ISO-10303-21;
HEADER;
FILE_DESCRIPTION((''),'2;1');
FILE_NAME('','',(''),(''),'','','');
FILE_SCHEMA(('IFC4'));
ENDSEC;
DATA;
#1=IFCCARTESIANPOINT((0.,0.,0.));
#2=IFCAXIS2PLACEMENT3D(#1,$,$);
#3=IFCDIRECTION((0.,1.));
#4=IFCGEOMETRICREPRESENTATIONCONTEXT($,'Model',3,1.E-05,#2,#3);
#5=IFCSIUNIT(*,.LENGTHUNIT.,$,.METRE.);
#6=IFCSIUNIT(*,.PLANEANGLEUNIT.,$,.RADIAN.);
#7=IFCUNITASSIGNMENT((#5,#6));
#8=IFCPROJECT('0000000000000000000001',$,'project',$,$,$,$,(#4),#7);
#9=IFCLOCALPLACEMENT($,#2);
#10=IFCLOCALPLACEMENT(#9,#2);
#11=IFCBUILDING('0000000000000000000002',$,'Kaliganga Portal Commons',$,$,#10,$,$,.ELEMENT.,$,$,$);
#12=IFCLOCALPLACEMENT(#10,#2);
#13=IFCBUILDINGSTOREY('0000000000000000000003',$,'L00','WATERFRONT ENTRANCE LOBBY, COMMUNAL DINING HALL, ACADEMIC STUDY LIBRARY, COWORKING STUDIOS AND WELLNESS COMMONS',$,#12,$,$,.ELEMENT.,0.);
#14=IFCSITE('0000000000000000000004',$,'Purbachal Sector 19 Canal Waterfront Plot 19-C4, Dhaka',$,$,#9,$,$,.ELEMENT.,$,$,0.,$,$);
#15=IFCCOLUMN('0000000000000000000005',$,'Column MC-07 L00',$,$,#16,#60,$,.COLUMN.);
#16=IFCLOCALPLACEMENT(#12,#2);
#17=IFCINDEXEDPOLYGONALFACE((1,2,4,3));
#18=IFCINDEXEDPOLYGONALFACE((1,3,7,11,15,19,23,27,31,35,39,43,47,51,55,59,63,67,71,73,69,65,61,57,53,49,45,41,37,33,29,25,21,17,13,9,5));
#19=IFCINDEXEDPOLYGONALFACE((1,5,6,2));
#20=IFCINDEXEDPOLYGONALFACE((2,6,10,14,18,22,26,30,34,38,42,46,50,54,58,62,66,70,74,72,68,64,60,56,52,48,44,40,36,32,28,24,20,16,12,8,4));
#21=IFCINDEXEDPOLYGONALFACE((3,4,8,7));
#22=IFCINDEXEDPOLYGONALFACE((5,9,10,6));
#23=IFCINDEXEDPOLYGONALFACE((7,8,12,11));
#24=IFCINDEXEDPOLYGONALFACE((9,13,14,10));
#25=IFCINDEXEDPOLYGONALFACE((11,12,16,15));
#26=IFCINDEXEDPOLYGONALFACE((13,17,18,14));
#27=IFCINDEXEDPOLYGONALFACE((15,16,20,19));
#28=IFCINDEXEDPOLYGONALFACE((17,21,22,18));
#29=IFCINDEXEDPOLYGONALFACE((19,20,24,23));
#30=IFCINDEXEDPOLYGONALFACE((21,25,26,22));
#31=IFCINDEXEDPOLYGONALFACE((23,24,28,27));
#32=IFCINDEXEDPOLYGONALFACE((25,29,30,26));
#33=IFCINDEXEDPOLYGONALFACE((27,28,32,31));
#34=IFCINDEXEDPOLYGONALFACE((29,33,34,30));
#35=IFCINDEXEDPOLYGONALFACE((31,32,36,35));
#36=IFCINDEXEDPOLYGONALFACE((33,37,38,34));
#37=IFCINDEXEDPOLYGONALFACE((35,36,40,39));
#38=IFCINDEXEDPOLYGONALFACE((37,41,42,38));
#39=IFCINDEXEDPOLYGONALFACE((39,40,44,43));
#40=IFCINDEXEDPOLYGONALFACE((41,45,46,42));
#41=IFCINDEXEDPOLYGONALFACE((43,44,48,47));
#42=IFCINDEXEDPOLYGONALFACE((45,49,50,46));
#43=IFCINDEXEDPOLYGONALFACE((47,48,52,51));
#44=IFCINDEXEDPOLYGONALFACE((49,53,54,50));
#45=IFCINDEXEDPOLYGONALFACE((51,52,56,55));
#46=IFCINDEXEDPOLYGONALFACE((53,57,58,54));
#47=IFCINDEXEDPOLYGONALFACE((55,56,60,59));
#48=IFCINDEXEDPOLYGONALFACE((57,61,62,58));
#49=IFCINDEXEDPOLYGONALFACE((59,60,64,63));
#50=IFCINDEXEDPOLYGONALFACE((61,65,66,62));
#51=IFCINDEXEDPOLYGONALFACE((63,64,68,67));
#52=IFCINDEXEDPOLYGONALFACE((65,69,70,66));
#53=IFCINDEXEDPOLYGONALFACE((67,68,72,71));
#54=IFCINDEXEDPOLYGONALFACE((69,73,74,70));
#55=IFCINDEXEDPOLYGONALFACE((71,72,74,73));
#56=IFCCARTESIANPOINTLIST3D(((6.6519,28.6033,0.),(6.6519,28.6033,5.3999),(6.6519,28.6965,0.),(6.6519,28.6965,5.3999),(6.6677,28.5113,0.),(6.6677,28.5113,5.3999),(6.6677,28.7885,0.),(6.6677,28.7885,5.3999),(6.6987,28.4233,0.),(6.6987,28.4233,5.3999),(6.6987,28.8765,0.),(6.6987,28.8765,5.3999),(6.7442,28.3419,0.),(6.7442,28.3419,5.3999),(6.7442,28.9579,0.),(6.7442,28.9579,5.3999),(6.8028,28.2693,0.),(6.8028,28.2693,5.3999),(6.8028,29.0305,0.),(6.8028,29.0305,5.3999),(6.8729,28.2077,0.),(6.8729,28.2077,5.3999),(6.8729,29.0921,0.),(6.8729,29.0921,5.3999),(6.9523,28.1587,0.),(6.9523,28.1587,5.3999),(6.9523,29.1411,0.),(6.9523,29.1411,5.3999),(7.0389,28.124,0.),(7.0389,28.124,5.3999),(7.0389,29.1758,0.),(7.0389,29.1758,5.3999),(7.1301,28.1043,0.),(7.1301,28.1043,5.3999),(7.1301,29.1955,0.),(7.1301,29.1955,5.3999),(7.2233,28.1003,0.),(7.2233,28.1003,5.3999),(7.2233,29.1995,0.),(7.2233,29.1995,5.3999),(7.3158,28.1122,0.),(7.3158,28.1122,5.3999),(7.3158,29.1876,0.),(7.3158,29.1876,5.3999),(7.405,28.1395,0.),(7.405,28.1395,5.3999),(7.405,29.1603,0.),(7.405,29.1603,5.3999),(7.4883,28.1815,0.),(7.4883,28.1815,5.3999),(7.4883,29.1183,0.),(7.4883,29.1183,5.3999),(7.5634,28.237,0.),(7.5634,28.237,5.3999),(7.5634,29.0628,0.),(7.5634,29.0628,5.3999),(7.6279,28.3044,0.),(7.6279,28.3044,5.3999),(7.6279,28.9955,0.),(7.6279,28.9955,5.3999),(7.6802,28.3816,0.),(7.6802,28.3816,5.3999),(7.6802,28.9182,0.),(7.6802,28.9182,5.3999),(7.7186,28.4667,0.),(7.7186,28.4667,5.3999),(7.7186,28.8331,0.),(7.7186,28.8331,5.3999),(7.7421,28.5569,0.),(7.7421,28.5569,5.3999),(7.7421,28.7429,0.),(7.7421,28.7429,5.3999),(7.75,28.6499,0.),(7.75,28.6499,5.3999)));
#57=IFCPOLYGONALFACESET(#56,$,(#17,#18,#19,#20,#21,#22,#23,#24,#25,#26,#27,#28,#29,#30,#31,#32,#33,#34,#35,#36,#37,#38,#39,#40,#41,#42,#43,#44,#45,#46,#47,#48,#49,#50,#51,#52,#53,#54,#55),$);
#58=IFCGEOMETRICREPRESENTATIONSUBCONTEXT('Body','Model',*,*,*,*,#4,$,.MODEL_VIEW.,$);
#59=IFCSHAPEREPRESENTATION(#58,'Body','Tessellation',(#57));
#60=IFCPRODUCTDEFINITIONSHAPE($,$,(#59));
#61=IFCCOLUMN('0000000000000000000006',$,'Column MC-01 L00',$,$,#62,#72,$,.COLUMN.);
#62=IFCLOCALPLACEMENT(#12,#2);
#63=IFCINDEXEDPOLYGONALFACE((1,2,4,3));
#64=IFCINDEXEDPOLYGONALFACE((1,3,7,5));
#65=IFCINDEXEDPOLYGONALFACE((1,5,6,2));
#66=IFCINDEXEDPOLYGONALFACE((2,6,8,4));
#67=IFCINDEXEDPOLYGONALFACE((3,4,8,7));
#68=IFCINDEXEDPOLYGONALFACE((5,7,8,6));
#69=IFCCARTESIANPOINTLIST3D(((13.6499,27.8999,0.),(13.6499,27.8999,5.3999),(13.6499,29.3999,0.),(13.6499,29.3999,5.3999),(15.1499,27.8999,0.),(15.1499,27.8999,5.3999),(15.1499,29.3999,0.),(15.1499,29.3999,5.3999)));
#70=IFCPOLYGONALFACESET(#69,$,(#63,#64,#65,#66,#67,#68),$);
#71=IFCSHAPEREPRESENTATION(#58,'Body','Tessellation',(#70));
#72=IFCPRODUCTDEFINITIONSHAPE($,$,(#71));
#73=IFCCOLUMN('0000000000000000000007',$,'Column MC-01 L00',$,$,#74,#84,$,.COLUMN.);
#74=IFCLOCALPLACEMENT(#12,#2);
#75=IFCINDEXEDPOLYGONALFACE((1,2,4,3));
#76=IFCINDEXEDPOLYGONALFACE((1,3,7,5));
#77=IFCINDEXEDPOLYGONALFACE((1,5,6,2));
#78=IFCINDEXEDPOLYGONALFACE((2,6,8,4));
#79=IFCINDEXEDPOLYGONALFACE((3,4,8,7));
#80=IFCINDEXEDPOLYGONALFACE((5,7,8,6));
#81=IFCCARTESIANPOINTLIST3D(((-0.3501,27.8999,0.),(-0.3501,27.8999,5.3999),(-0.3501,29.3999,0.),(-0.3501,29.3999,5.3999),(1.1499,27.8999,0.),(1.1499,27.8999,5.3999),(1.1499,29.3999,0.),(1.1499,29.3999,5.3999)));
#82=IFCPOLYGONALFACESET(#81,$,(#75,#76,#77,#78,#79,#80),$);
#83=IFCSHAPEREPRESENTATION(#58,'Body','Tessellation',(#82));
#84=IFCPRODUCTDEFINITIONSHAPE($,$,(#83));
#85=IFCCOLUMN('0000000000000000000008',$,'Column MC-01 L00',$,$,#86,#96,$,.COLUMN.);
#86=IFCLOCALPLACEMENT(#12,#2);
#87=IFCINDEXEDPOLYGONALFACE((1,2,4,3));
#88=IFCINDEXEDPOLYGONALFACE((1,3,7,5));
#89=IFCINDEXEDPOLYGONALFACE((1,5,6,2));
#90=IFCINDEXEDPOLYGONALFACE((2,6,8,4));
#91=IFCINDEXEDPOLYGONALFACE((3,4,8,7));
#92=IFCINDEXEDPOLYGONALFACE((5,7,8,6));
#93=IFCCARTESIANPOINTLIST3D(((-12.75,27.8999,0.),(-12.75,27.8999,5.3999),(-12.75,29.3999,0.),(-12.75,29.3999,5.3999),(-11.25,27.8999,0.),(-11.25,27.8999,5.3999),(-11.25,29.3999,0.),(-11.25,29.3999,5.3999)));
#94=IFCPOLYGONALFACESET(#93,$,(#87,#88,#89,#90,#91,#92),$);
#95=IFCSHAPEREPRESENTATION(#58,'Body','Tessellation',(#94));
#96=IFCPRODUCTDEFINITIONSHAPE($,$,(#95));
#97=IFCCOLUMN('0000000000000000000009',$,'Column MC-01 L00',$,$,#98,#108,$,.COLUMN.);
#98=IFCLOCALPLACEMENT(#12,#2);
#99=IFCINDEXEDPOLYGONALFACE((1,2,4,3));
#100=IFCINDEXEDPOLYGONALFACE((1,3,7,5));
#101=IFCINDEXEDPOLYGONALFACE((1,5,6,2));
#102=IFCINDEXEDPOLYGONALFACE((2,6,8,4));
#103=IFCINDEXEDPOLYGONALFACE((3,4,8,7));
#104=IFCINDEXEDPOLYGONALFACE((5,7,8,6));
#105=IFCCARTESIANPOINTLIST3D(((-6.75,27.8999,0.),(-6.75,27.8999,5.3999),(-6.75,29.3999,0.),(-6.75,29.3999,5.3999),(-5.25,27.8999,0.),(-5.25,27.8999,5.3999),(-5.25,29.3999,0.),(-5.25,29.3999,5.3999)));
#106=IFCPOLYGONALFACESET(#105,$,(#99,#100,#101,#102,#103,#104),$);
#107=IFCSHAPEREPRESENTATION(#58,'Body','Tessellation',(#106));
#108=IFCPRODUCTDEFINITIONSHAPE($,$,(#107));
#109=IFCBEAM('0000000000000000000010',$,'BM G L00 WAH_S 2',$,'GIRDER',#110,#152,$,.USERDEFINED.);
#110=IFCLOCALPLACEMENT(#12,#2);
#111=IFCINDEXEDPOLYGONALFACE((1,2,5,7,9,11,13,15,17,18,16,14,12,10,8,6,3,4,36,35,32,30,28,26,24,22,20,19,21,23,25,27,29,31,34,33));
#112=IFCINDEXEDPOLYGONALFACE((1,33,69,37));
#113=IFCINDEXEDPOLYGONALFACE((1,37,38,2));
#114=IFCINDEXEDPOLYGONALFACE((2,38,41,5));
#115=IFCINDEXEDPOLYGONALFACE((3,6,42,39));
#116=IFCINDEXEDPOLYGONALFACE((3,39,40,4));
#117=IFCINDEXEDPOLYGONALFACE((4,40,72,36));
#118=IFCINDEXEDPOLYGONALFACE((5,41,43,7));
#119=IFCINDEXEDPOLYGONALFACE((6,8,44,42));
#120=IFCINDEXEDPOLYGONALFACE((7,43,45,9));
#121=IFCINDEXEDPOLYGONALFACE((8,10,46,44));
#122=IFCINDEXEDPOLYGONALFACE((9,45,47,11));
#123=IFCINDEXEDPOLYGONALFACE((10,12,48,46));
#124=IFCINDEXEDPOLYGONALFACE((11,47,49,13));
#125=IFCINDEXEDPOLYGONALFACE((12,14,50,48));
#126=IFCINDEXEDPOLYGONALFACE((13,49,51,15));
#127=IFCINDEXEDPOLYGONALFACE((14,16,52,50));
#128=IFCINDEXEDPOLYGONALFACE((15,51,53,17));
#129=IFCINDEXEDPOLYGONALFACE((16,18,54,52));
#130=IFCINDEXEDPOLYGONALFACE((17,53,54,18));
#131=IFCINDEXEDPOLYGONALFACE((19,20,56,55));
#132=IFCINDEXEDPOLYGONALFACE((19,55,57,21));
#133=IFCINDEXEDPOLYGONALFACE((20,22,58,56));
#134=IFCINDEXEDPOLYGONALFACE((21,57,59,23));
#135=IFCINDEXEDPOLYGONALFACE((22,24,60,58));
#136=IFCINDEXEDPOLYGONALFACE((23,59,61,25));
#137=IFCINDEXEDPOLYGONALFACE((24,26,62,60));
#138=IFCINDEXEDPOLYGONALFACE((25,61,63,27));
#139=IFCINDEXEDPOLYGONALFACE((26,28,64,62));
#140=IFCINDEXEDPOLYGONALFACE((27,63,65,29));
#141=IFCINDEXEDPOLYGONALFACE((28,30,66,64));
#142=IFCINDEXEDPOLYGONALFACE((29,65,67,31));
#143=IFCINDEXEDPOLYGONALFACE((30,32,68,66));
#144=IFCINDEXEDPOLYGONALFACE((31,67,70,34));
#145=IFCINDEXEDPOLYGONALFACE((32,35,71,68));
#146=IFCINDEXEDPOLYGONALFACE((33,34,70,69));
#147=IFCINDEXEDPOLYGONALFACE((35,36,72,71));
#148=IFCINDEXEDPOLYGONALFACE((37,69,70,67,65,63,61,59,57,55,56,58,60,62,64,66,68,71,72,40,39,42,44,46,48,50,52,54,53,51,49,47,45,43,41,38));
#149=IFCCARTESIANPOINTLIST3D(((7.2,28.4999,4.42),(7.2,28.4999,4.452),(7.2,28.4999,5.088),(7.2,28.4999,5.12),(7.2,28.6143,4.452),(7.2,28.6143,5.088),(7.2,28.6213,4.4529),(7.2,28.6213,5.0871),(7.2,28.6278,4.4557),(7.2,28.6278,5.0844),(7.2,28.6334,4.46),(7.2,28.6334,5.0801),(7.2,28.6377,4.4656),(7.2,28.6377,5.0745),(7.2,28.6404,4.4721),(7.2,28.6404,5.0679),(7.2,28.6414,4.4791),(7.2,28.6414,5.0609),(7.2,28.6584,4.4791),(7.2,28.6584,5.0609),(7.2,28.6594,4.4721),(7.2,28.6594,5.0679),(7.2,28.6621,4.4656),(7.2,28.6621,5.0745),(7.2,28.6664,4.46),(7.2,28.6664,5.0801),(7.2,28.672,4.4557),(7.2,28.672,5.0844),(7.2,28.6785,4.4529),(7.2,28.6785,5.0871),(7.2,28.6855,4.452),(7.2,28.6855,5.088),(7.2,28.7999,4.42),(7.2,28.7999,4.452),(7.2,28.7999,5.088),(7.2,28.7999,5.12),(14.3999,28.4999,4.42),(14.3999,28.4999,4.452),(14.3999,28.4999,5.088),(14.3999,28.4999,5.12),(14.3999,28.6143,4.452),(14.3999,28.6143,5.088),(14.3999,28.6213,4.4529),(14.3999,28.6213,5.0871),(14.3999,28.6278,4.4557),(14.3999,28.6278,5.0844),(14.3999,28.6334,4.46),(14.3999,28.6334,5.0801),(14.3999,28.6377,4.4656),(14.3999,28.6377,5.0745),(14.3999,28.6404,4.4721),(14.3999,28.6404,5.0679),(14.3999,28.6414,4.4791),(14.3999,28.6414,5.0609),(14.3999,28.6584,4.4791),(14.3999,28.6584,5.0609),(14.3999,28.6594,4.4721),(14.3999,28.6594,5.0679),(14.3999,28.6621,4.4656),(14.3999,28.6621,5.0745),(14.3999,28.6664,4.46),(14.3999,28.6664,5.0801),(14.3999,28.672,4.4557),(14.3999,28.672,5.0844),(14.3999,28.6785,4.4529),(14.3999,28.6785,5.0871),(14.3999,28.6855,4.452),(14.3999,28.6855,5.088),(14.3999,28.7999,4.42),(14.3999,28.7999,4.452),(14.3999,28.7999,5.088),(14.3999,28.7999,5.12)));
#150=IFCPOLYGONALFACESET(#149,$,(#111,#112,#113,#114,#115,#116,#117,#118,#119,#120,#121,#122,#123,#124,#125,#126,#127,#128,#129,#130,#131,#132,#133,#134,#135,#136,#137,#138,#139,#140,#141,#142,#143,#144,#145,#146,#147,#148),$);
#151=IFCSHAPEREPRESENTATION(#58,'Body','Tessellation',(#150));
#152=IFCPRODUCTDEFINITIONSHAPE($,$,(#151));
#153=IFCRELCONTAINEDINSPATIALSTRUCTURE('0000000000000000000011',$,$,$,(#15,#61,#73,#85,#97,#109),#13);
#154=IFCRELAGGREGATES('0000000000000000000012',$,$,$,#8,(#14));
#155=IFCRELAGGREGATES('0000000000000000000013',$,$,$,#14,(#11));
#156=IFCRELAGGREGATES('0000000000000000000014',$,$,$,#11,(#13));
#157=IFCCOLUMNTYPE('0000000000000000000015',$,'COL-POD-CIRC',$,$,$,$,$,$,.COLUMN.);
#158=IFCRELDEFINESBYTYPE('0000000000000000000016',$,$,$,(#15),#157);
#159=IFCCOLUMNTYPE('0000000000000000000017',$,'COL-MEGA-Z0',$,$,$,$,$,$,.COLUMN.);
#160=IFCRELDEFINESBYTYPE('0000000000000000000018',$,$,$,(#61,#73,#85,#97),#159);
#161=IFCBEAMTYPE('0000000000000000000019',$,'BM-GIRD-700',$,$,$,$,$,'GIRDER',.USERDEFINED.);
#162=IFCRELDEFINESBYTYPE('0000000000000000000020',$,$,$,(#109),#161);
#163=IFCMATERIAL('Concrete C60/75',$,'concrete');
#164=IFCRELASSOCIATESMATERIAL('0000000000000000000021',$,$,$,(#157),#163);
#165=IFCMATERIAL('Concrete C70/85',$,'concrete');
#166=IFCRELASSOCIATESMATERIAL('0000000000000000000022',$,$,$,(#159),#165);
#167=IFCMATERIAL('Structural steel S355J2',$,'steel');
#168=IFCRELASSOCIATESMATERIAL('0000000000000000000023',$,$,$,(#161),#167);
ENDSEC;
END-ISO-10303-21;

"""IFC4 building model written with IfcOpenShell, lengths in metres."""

from ifc_helpers import new_model, si_unit, direction, frame, origin, origin_2d, place, context, subcontext, project, spatial, rectangle, circle, i_section, extrude, source, transform, mapped, material, material_profile, profile_set, type_object, element, save


model = new_model("IFC4")

# Units and contexts
model_context = context("Model", 3, precision=1e-05, world=origin(), true_north=direction((0.0, 1.0)))
body_context = subcontext(model_context, "Body", "Model", "MODEL_VIEW")
ifc_project = project(units=[si_unit("LENGTHUNIT", "METRE"), si_unit("PLANEANGLEUNIT", "RADIAN")], contexts=[model_context])

# Site, building, storey
site_placement = place(None, origin())
site = spatial("IfcSite", under=ifc_project, at=site_placement, Name="Purbachal Sector 19 Canal Waterfront Plot 19-C4, Dhaka", CompositionType="ELEMENT", RefElevation=0.0)
building_placement = place(site_placement, origin())
building = spatial("IfcBuilding", under=site, at=building_placement, Name="Kaliganga Portal Commons", CompositionType="ELEMENT")
storey_placement = place(building_placement, origin())
storey = spatial("IfcBuildingStorey", under=building, at=storey_placement, Name="L00", Description="WATERFRONT ENTRANCE LOBBY, COMMUNAL DINING HALL, ACADEMIC STUDY LIBRARY, COWORKING STUDIOS AND WELLNESS COMMONS", CompositionType="ELEMENT", Elevation=0.0)

# Columns
ifc_material_1 = material(Name="Concrete C60/75", Category="concrete")
ifc_material_profile_1 = material_profile(ifc_material_1, circle(Radius=0.55, at=origin_2d()), Name="RC COL D1100")
ifc_profile_set_1 = profile_set([ifc_material_profile_1], Name="Concrete C60/75")
column_type_1 = type_object("IfcColumnType", Name="COL-POD-CIRC", PredefinedType="COLUMN", material=ifc_profile_set_1)
shared_shape_1 = source(origin(), body_context, "Body", "SweptSolid", [
    extrude(circle(Radius=0.55, at=origin_2d()), origin(), (0.0, 0.0, 1.0), 5.3999),
])
column_placement = place(storey_placement, frame((7.2, 28.6499, 0.0), z_axis=(0.0, 0.0, 1.0), x_axis=(1.0, 0.0, 0.0)))
element("IfcColumn", 1, at=column_placement, inside=storey, type_object=column_type_1, Name="Column MC-07 L00", PredefinedType="COLUMN", context=body_context, shape_type="MappedRepresentation", body=[
    mapped(shared_shape_1, transform((0.0, 0.0, 0.0), x_axis=(1.0, 0.0, 0.0), y_axis=(0.0, 1.0, 0.0), z_axis=(0.0, 0.0, 1.0), scale=1.0)),
])
ifc_material_2 = material(Name="Concrete C70/85", Category="concrete")
ifc_material_profile_2 = material_profile(ifc_material_2, rectangle(XDim=1.5, YDim=1.5, at=origin_2d()), Name="RC 1500x1500")
ifc_profile_set_2 = profile_set([ifc_material_profile_2], Name="Concrete C70/85")
column_type_2 = type_object("IfcColumnType", Name="COL-MEGA-Z0", PredefinedType="COLUMN", material=ifc_profile_set_2)
shared_shape_2 = source(origin(), body_context, "Body", "SweptSolid", [
    extrude(rectangle(XDim=1.5, YDim=1.5, at=origin_2d()), origin(), (0.0, 0.0, 1.0), 5.3999),
])
for number, where, z_axis, x_axis, name in (
    (2, (14.3999, 28.6499, 0.0), (0.0, 0.0, 1.0), (1.0, 0.0, 0.0), "Column MC-01 L00"),
    (3, (0.3999, 28.6499, 0.0), (0.0, 0.0, 1.0), (1.0, 0.0, 0.0), "Column MC-01 L00"),
    (4, (-12.0, 28.6499, 0.0), (0.0, 0.0, 1.0), (1.0, 0.0, 0.0), "Column MC-01 L00"),
    (5, (-6.0, 28.6499, 0.0), (0.0, 0.0, 1.0), (1.0, 0.0, 0.0), "Column MC-01 L00"),
):
    element("IfcColumn", number, at=place(storey_placement, frame(where, z_axis=z_axis, x_axis=x_axis)), inside=storey, type_object=column_type_2, Name=name, PredefinedType="COLUMN", context=body_context, shape_type="MappedRepresentation", body=[
        mapped(shared_shape_2, transform((0.0, 0.0, 0.0), x_axis=(1.0, 0.0, 0.0), y_axis=(0.0, 1.0, 0.0), z_axis=(0.0, 0.0, 1.0), scale=1.0)),
    ])

# Beam
ifc_material_3 = material(Name="Structural steel S355J2", Category="steel")
ifc_material_profile_3 = material_profile(ifc_material_3, i_section(OverallWidth=0.3, OverallDepth=0.7, WebThickness=0.0171, FlangeThickness=0.032, FilletRadius=0.0271, at=origin_2d()), Name="HE 700 B")
ifc_profile_set_3 = profile_set([ifc_material_profile_3], Name="Structural steel S355J2 wide-flange")
beam_type_1 = type_object("IfcBeamType", Name="BM-GIRD-700", ElementType="GIRDER", PredefinedType="USERDEFINED", material=ifc_profile_set_3)
shared_shape_3 = source(origin(), body_context, "Body", "SweptSolid", [
    extrude(i_section(OverallWidth=0.3, OverallDepth=0.7, WebThickness=0.0171, FlangeThickness=0.032, FilletRadius=0.0271, at=origin_2d()), origin(), (0.0, 0.0, 1.0), 7.2),
])
beam_1_placement = place(storey_placement, frame((7.2, 28.6499, 4.77), z_axis=(1.0, 0.0, 0.0), x_axis=(0.0, 1.0, 0.0)))
element("IfcBeam", 6, at=beam_1_placement, inside=storey, type_object=beam_type_1, Name="BM G L00 WAH_S 2", ObjectType="GIRDER", PredefinedType="USERDEFINED", context=body_context, shape_type="MappedRepresentation", body=[
    mapped(shared_shape_3, transform((0.0, 0.0, 0.0), x_axis=(1.0, 0.0, 0.0), y_axis=(0.0, 1.0, 0.0), z_axis=(0.0, 0.0, 1.0), scale=1.0)),
])

save(model, "model.ifc")
